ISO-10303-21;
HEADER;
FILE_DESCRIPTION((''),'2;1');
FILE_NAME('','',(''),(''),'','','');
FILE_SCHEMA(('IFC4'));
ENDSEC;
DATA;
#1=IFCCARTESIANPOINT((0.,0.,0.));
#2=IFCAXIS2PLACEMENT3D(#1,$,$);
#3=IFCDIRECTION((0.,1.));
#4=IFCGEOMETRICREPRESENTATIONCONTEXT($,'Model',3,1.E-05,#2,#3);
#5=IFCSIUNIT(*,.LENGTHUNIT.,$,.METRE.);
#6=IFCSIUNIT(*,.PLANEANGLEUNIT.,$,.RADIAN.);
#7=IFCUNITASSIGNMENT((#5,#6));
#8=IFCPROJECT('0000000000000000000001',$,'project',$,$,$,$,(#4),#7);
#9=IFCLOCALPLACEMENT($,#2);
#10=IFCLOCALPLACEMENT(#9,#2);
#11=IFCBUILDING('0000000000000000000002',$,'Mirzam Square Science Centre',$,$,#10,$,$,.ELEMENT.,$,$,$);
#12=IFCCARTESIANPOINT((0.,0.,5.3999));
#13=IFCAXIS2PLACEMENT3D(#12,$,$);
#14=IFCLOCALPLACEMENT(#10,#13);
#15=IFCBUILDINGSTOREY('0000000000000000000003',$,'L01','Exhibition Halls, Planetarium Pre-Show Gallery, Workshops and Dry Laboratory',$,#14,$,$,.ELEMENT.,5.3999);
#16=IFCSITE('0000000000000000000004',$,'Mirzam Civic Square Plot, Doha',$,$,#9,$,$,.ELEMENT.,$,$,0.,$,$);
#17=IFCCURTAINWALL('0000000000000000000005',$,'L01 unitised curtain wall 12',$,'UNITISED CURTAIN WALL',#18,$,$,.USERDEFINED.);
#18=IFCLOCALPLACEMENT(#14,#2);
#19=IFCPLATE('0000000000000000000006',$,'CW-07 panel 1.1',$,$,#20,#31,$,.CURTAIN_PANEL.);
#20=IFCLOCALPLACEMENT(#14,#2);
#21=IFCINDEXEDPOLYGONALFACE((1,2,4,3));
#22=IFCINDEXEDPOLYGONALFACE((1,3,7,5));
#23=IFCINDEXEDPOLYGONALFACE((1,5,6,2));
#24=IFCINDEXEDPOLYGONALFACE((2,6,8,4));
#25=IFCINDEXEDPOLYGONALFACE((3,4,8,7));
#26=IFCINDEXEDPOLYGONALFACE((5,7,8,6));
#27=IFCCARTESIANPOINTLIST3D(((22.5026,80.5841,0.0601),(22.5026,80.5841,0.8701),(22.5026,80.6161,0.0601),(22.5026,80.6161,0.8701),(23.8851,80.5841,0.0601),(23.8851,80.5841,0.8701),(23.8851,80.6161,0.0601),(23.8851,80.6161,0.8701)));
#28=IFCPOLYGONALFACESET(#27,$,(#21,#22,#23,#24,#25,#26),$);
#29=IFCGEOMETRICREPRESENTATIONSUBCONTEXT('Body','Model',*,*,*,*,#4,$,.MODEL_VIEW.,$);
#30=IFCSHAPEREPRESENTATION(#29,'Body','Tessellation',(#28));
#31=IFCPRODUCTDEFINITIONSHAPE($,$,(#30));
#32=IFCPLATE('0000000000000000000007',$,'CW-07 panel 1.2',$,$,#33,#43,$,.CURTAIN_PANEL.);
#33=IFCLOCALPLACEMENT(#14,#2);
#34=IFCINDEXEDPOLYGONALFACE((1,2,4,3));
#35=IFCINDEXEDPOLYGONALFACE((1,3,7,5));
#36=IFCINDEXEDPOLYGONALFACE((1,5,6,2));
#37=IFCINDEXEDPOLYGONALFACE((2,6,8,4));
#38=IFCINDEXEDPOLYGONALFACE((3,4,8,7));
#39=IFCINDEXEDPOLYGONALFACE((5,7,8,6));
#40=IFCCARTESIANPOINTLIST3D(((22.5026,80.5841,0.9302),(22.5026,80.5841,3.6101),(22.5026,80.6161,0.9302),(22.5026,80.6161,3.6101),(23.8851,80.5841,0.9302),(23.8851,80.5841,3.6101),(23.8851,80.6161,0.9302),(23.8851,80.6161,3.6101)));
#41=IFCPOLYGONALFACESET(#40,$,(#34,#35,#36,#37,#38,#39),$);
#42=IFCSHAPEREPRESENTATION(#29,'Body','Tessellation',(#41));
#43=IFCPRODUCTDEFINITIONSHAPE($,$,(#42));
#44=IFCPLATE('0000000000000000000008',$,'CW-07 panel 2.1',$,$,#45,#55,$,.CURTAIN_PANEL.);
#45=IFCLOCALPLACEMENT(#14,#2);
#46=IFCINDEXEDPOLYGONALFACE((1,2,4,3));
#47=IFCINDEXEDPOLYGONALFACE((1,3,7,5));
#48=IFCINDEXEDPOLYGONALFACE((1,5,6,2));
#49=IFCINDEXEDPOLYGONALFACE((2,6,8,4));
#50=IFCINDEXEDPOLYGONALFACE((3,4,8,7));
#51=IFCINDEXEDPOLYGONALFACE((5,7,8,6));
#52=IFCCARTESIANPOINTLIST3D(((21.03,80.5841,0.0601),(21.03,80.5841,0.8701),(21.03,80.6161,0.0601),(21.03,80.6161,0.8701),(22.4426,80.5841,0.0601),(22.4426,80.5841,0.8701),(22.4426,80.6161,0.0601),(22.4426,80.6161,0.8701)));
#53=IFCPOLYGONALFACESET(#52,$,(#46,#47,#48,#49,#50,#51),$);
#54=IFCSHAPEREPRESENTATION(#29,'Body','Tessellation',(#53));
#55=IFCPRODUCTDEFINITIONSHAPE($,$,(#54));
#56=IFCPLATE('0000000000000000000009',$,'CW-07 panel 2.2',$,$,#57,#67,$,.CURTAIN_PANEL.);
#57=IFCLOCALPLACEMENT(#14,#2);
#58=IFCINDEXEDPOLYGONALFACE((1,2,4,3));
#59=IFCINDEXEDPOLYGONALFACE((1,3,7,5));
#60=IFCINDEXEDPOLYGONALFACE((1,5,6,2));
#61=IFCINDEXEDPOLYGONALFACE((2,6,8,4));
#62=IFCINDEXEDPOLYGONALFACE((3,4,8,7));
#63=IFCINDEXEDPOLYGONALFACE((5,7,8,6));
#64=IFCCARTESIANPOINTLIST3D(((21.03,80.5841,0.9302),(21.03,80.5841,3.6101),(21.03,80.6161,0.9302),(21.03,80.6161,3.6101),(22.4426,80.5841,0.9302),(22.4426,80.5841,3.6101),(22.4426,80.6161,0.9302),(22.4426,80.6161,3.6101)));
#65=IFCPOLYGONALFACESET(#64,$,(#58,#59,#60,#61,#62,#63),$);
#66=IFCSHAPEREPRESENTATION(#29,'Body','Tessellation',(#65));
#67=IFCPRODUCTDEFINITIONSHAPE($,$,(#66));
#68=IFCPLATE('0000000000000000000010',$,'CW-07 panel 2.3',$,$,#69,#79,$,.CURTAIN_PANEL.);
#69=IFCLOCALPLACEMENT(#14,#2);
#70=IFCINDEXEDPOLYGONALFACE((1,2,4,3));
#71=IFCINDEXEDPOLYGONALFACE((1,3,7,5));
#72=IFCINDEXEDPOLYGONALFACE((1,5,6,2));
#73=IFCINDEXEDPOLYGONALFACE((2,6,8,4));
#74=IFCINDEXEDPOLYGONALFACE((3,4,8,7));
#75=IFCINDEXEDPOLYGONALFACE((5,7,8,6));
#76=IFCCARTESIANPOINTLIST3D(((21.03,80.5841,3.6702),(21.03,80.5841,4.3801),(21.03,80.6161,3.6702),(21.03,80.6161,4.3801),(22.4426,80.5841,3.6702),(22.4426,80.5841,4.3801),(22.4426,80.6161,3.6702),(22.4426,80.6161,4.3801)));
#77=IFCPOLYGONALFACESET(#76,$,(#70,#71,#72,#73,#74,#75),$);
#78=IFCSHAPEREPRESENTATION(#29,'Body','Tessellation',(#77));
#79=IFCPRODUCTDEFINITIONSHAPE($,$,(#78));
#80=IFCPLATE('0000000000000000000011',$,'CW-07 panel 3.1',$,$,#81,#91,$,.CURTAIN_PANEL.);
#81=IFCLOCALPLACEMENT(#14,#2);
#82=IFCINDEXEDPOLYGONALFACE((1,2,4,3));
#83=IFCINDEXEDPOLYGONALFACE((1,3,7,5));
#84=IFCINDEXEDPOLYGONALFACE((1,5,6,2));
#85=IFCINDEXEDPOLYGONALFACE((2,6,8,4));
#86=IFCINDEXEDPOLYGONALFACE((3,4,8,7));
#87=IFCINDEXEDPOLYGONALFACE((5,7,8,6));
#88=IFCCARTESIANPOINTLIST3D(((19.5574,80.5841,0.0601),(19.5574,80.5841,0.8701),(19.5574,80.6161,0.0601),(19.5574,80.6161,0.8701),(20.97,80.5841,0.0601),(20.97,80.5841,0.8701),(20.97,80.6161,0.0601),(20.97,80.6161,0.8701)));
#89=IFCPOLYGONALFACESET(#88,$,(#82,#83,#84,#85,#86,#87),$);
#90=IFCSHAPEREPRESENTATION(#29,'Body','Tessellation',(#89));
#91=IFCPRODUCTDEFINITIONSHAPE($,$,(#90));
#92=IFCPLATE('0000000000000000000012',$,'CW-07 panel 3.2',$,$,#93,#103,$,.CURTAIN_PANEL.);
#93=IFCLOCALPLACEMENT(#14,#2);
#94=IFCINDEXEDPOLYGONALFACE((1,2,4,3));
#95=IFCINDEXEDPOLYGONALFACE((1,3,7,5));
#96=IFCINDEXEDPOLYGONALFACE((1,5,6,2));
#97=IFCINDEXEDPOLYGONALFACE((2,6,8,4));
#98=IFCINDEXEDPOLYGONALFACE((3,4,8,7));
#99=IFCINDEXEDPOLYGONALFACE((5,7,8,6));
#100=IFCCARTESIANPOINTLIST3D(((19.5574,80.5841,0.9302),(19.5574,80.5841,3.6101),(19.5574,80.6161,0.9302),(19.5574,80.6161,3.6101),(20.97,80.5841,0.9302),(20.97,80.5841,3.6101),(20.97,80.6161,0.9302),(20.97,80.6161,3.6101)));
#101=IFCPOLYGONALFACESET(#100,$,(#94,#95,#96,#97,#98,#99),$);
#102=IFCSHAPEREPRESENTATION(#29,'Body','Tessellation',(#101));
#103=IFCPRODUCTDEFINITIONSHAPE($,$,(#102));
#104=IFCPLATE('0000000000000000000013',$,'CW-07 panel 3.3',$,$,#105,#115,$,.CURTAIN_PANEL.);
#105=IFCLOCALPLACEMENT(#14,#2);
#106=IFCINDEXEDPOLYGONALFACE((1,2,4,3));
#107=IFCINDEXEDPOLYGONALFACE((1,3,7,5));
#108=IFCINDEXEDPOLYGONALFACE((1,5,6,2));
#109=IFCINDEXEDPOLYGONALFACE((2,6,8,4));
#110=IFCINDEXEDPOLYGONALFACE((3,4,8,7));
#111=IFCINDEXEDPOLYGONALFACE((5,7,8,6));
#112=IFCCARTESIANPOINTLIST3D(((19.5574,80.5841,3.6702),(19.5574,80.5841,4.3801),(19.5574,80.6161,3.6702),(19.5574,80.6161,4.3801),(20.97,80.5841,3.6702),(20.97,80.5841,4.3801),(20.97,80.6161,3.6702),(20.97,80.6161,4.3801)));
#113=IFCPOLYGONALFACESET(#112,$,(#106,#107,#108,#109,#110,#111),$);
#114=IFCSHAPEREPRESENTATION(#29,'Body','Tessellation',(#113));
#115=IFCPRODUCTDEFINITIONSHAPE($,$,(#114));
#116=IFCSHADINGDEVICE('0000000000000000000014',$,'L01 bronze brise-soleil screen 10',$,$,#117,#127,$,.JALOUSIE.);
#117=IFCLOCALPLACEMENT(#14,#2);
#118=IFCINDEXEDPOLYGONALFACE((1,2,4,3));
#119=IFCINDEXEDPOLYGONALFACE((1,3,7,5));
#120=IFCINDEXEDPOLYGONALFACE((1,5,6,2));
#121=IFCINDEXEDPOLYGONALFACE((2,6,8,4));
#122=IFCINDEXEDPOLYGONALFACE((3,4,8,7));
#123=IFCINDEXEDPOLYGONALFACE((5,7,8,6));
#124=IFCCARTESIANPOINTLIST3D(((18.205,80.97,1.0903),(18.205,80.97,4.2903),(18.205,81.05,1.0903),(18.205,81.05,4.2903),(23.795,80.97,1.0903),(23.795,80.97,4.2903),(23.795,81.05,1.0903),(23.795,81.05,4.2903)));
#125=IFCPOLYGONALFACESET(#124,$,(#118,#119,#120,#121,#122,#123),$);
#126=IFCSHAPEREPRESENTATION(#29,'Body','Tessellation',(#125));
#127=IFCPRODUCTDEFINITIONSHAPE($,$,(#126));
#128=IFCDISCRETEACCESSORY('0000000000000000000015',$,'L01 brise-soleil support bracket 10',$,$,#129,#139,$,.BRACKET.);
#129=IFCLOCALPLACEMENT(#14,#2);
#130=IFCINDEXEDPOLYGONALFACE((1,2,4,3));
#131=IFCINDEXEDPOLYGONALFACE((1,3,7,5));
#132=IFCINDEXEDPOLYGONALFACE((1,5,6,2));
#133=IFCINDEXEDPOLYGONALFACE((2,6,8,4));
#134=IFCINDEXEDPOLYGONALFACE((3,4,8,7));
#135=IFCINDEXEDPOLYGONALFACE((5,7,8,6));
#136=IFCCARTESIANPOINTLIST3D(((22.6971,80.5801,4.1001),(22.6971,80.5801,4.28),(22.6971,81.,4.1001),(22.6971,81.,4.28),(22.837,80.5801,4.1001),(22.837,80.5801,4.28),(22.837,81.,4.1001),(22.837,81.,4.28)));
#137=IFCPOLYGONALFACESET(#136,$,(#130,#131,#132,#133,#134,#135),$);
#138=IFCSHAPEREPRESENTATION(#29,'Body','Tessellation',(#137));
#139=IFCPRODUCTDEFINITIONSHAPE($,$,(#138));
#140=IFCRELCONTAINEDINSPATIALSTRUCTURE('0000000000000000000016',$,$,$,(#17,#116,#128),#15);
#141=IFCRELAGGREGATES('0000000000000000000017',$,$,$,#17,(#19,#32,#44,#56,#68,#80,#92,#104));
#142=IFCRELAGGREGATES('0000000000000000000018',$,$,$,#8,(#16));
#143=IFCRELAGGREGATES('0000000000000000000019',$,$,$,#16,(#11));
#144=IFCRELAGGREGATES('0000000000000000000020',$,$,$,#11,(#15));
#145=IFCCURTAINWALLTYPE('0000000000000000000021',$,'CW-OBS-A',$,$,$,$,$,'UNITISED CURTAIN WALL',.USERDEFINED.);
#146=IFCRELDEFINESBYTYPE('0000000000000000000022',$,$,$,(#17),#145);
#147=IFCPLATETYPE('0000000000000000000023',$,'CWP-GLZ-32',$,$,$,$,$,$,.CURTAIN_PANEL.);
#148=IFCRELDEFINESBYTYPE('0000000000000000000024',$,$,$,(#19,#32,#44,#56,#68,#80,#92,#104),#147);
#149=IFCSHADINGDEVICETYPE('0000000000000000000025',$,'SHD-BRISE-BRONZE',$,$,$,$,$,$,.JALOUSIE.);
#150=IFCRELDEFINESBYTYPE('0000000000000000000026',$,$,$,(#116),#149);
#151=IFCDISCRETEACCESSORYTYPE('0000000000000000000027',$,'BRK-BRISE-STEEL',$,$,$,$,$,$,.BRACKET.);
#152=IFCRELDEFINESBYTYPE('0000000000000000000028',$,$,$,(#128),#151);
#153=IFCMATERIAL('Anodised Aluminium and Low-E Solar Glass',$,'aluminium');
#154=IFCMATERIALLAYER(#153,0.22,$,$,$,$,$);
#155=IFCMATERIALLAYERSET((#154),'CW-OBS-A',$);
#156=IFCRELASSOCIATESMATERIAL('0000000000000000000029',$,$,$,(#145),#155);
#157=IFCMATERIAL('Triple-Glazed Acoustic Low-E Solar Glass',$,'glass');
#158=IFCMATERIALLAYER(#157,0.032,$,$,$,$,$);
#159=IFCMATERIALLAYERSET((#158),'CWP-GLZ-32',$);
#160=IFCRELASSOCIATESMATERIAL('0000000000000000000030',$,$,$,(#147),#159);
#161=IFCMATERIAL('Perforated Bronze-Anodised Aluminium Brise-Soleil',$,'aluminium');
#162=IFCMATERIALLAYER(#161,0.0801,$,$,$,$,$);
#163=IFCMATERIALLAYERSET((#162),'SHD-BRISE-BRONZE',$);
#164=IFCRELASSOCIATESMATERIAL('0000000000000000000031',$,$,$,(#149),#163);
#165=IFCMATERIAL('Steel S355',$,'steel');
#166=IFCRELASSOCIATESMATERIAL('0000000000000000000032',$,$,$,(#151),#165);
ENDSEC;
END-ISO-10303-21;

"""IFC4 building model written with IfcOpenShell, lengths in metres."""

from ifc_helpers import new_model, si_unit, direction, frame, origin, origin_2d, place, context, subcontext, project, spatial, rectangle, extrude, material, layer, layer_set, type_object, element, aggregate, save


model = new_model("IFC4")

# Units and contexts
model_context = context("Model", 3, precision=1e-05, world=origin(), true_north=direction((0.0, 1.0)))
body_context = subcontext(model_context, "Body", "Model", "MODEL_VIEW")
ifc_project = project(units=[si_unit("LENGTHUNIT", "METRE"), si_unit("PLANEANGLEUNIT", "RADIAN")], contexts=[model_context])

# Site, building, storey
site_placement = place(None, origin())
site = spatial("IfcSite", under=ifc_project, at=site_placement, Name="Mirzam Civic Square Plot, Doha", CompositionType="ELEMENT", RefElevation=0.0)
building_placement = place(site_placement, origin())
building = spatial("IfcBuilding", under=site, at=building_placement, Name="Mirzam Square Science Centre", CompositionType="ELEMENT")
storey_placement = place(building_placement, frame((0.0, 0.0, 5.3999)))
storey = spatial("IfcBuildingStorey", under=building, at=storey_placement, Name="L01", Description="Exhibition Halls, Planetarium Pre-Show Gallery, Workshops and Dry Laboratory", CompositionType="ELEMENT", Elevation=5.3999)

# Curtain wall, plates
ifc_material_1 = material(Name="Anodised Aluminium and Low-E Solar Glass", Category="aluminium")
ifc_layer_1 = layer(ifc_material_1, 0.22)
ifc_layer_set_1 = layer_set([ifc_layer_1], Name="CW-OBS-A")
curtain_wall_type = type_object("IfcCurtainWallType", Name="CW-OBS-A", ElementType="UNITISED CURTAIN WALL", PredefinedType="USERDEFINED", material=ifc_layer_set_1)
curtain_wall_placement = place(storey_placement, origin())
curtain_wall = element("IfcCurtainWall", 1, at=curtain_wall_placement, inside=storey, type_object=curtain_wall_type, Name="L01 unitised curtain wall 12", ObjectType="UNITISED CURTAIN WALL", PredefinedType="USERDEFINED")
ifc_material_2 = material(Name="Triple-Glazed Acoustic Low-E Solar Glass", Category="glass")
ifc_layer_2 = layer(ifc_material_2, 0.032)
ifc_layer_set_2 = layer_set([ifc_layer_2], Name="CWP-GLZ-32")
plate_type = type_object("IfcPlateType", Name="CWP-GLZ-32", PredefinedType="CURTAIN_PANEL", material=ifc_layer_set_2)
plate_1_placement = place(storey_placement, frame((23.1938, 80.6001, 0.0601), z_axis=(0.0, 0.0, 1.0), x_axis=(-1.0, 0.0, 0.0)))
plate_1 = element("IfcPlate", 2, at=plate_1_placement, type_object=plate_type, Name="CW-07 panel 1.1", PredefinedType="CURTAIN_PANEL", context=body_context, shape_type="SweptSolid", body=[
    extrude(rectangle(XDim=1.3826, YDim=0.032, at=origin_2d()), origin(), (0.0, 0.0, 1.0), 0.8101),
])
plate_2_placement = place(storey_placement, frame((23.1938, 80.6001, 0.9302), z_axis=(0.0, 0.0, 1.0), x_axis=(-1.0, 0.0, 0.0)))
plate_2 = element("IfcPlate", 3, at=plate_2_placement, type_object=plate_type, Name="CW-07 panel 1.2", PredefinedType="CURTAIN_PANEL", context=body_context, shape_type="SweptSolid", body=[
    extrude(rectangle(XDim=1.3826, YDim=0.032, at=origin_2d()), origin(), (0.0, 0.0, 1.0), 2.6799),
])
plate_3_placement = place(storey_placement, frame((21.7363, 80.6001, 0.0601), z_axis=(0.0, 0.0, 1.0), x_axis=(-1.0, 0.0, 0.0)))
plate_3 = element("IfcPlate", 4, at=plate_3_placement, type_object=plate_type, Name="CW-07 panel 2.1", PredefinedType="CURTAIN_PANEL", context=body_context, shape_type="SweptSolid", body=[
    extrude(rectangle(XDim=1.4126, YDim=0.032, at=origin_2d()), origin(), (0.0, 0.0, 1.0), 0.8101),
])
plate_4_placement = place(storey_placement, frame((21.7363, 80.6001, 0.9302), z_axis=(0.0, 0.0, 1.0), x_axis=(-1.0, 0.0, 0.0)))
plate_4 = element("IfcPlate", 5, at=plate_4_placement, type_object=plate_type, Name="CW-07 panel 2.2", PredefinedType="CURTAIN_PANEL", context=body_context, shape_type="SweptSolid", body=[
    extrude(rectangle(XDim=1.4126, YDim=0.032, at=origin_2d()), origin(), (0.0, 0.0, 1.0), 2.6799),
])
plate_5_placement = place(storey_placement, frame((21.7363, 80.6001, 3.6702), z_axis=(0.0, 0.0, 1.0), x_axis=(-1.0, 0.0, 0.0)))
plate_5 = element("IfcPlate", 6, at=plate_5_placement, type_object=plate_type, Name="CW-07 panel 2.3", PredefinedType="CURTAIN_PANEL", context=body_context, shape_type="SweptSolid", body=[
    extrude(rectangle(XDim=1.4126, YDim=0.032, at=origin_2d()), origin(), (0.0, 0.0, 1.0), 0.71),
])
plate_6_placement = place(storey_placement, frame((20.2637, 80.6001, 0.0601), z_axis=(0.0, 0.0, 1.0), x_axis=(-1.0, 0.0, 0.0)))
plate_6 = element("IfcPlate", 7, at=plate_6_placement, type_object=plate_type, Name="CW-07 panel 3.1", PredefinedType="CURTAIN_PANEL", context=body_context, shape_type="SweptSolid", body=[
    extrude(rectangle(XDim=1.4126, YDim=0.032, at=origin_2d()), origin(), (0.0, 0.0, 1.0), 0.8101),
])
plate_7_placement = place(storey_placement, frame((20.2637, 80.6001, 0.9302), z_axis=(0.0, 0.0, 1.0), x_axis=(-1.0, 0.0, 0.0)))
plate_7 = element("IfcPlate", 8, at=plate_7_placement, type_object=plate_type, Name="CW-07 panel 3.2", PredefinedType="CURTAIN_PANEL", context=body_context, shape_type="SweptSolid", body=[
    extrude(rectangle(XDim=1.4126, YDim=0.032, at=origin_2d()), origin(), (0.0, 0.0, 1.0), 2.6799),
])
plate_8_placement = place(storey_placement, frame((20.2637, 80.6001, 3.6702), z_axis=(0.0, 0.0, 1.0), x_axis=(-1.0, 0.0, 0.0)))
plate_8 = element("IfcPlate", 9, at=plate_8_placement, type_object=plate_type, Name="CW-07 panel 3.3", PredefinedType="CURTAIN_PANEL", context=body_context, shape_type="SweptSolid", body=[
    extrude(rectangle(XDim=1.4126, YDim=0.032, at=origin_2d()), origin(), (0.0, 0.0, 1.0), 0.71),
])
aggregate(curtain_wall, [plate_1, plate_2, plate_3, plate_4, plate_5, plate_6, plate_7, plate_8])

# Shading device
ifc_material_3 = material(Name="Perforated Bronze-Anodised Aluminium Brise-Soleil", Category="aluminium")
ifc_layer_3 = layer(ifc_material_3, 0.0801)
ifc_layer_set_3 = layer_set([ifc_layer_3], Name="SHD-BRISE-BRONZE")
shading_device_type = type_object("IfcShadingDeviceType", Name="SHD-BRISE-BRONZE", PredefinedType="JALOUSIE", material=ifc_layer_set_3)
shading_device_placement = place(storey_placement, frame((21.0, 81.01, 1.0903), z_axis=(0.0, 0.0, 1.0), x_axis=(-1.0, 0.0, 0.0)))
element("IfcShadingDevice", 10, at=shading_device_placement, inside=storey, type_object=shading_device_type, Name="L01 bronze brise-soleil screen 10", PredefinedType="JALOUSIE", context=body_context, shape_type="SweptSolid", body=[
    extrude(rectangle(XDim=5.5901, YDim=0.0801, at=origin_2d()), origin(), (0.0, 0.0, 1.0), 3.2),
])

# Discrete accessory
ifc_material_4 = material(Name="Steel S355", Category="steel")
discrete_accessory_type = type_object("IfcDiscreteAccessoryType", Name="BRK-BRISE-STEEL", PredefinedType="BRACKET", material=ifc_material_4)
discrete_accessory_placement = place(storey_placement, frame((22.7671, 80.79, 4.1001), z_axis=(0.0, 0.0, 1.0), x_axis=(-1.0, 0.0, 0.0)))
element("IfcDiscreteAccessory", 11, at=discrete_accessory_placement, inside=storey, type_object=discrete_accessory_type, Name="L01 brise-soleil support bracket 10", PredefinedType="BRACKET", context=body_context, shape_type="SweptSolid", body=[
    extrude(rectangle(XDim=0.1399, YDim=0.4199, at=origin_2d()), origin(), (0.0, 0.0, 1.0), 0.1799),
])

save(model, "model.ifc")
